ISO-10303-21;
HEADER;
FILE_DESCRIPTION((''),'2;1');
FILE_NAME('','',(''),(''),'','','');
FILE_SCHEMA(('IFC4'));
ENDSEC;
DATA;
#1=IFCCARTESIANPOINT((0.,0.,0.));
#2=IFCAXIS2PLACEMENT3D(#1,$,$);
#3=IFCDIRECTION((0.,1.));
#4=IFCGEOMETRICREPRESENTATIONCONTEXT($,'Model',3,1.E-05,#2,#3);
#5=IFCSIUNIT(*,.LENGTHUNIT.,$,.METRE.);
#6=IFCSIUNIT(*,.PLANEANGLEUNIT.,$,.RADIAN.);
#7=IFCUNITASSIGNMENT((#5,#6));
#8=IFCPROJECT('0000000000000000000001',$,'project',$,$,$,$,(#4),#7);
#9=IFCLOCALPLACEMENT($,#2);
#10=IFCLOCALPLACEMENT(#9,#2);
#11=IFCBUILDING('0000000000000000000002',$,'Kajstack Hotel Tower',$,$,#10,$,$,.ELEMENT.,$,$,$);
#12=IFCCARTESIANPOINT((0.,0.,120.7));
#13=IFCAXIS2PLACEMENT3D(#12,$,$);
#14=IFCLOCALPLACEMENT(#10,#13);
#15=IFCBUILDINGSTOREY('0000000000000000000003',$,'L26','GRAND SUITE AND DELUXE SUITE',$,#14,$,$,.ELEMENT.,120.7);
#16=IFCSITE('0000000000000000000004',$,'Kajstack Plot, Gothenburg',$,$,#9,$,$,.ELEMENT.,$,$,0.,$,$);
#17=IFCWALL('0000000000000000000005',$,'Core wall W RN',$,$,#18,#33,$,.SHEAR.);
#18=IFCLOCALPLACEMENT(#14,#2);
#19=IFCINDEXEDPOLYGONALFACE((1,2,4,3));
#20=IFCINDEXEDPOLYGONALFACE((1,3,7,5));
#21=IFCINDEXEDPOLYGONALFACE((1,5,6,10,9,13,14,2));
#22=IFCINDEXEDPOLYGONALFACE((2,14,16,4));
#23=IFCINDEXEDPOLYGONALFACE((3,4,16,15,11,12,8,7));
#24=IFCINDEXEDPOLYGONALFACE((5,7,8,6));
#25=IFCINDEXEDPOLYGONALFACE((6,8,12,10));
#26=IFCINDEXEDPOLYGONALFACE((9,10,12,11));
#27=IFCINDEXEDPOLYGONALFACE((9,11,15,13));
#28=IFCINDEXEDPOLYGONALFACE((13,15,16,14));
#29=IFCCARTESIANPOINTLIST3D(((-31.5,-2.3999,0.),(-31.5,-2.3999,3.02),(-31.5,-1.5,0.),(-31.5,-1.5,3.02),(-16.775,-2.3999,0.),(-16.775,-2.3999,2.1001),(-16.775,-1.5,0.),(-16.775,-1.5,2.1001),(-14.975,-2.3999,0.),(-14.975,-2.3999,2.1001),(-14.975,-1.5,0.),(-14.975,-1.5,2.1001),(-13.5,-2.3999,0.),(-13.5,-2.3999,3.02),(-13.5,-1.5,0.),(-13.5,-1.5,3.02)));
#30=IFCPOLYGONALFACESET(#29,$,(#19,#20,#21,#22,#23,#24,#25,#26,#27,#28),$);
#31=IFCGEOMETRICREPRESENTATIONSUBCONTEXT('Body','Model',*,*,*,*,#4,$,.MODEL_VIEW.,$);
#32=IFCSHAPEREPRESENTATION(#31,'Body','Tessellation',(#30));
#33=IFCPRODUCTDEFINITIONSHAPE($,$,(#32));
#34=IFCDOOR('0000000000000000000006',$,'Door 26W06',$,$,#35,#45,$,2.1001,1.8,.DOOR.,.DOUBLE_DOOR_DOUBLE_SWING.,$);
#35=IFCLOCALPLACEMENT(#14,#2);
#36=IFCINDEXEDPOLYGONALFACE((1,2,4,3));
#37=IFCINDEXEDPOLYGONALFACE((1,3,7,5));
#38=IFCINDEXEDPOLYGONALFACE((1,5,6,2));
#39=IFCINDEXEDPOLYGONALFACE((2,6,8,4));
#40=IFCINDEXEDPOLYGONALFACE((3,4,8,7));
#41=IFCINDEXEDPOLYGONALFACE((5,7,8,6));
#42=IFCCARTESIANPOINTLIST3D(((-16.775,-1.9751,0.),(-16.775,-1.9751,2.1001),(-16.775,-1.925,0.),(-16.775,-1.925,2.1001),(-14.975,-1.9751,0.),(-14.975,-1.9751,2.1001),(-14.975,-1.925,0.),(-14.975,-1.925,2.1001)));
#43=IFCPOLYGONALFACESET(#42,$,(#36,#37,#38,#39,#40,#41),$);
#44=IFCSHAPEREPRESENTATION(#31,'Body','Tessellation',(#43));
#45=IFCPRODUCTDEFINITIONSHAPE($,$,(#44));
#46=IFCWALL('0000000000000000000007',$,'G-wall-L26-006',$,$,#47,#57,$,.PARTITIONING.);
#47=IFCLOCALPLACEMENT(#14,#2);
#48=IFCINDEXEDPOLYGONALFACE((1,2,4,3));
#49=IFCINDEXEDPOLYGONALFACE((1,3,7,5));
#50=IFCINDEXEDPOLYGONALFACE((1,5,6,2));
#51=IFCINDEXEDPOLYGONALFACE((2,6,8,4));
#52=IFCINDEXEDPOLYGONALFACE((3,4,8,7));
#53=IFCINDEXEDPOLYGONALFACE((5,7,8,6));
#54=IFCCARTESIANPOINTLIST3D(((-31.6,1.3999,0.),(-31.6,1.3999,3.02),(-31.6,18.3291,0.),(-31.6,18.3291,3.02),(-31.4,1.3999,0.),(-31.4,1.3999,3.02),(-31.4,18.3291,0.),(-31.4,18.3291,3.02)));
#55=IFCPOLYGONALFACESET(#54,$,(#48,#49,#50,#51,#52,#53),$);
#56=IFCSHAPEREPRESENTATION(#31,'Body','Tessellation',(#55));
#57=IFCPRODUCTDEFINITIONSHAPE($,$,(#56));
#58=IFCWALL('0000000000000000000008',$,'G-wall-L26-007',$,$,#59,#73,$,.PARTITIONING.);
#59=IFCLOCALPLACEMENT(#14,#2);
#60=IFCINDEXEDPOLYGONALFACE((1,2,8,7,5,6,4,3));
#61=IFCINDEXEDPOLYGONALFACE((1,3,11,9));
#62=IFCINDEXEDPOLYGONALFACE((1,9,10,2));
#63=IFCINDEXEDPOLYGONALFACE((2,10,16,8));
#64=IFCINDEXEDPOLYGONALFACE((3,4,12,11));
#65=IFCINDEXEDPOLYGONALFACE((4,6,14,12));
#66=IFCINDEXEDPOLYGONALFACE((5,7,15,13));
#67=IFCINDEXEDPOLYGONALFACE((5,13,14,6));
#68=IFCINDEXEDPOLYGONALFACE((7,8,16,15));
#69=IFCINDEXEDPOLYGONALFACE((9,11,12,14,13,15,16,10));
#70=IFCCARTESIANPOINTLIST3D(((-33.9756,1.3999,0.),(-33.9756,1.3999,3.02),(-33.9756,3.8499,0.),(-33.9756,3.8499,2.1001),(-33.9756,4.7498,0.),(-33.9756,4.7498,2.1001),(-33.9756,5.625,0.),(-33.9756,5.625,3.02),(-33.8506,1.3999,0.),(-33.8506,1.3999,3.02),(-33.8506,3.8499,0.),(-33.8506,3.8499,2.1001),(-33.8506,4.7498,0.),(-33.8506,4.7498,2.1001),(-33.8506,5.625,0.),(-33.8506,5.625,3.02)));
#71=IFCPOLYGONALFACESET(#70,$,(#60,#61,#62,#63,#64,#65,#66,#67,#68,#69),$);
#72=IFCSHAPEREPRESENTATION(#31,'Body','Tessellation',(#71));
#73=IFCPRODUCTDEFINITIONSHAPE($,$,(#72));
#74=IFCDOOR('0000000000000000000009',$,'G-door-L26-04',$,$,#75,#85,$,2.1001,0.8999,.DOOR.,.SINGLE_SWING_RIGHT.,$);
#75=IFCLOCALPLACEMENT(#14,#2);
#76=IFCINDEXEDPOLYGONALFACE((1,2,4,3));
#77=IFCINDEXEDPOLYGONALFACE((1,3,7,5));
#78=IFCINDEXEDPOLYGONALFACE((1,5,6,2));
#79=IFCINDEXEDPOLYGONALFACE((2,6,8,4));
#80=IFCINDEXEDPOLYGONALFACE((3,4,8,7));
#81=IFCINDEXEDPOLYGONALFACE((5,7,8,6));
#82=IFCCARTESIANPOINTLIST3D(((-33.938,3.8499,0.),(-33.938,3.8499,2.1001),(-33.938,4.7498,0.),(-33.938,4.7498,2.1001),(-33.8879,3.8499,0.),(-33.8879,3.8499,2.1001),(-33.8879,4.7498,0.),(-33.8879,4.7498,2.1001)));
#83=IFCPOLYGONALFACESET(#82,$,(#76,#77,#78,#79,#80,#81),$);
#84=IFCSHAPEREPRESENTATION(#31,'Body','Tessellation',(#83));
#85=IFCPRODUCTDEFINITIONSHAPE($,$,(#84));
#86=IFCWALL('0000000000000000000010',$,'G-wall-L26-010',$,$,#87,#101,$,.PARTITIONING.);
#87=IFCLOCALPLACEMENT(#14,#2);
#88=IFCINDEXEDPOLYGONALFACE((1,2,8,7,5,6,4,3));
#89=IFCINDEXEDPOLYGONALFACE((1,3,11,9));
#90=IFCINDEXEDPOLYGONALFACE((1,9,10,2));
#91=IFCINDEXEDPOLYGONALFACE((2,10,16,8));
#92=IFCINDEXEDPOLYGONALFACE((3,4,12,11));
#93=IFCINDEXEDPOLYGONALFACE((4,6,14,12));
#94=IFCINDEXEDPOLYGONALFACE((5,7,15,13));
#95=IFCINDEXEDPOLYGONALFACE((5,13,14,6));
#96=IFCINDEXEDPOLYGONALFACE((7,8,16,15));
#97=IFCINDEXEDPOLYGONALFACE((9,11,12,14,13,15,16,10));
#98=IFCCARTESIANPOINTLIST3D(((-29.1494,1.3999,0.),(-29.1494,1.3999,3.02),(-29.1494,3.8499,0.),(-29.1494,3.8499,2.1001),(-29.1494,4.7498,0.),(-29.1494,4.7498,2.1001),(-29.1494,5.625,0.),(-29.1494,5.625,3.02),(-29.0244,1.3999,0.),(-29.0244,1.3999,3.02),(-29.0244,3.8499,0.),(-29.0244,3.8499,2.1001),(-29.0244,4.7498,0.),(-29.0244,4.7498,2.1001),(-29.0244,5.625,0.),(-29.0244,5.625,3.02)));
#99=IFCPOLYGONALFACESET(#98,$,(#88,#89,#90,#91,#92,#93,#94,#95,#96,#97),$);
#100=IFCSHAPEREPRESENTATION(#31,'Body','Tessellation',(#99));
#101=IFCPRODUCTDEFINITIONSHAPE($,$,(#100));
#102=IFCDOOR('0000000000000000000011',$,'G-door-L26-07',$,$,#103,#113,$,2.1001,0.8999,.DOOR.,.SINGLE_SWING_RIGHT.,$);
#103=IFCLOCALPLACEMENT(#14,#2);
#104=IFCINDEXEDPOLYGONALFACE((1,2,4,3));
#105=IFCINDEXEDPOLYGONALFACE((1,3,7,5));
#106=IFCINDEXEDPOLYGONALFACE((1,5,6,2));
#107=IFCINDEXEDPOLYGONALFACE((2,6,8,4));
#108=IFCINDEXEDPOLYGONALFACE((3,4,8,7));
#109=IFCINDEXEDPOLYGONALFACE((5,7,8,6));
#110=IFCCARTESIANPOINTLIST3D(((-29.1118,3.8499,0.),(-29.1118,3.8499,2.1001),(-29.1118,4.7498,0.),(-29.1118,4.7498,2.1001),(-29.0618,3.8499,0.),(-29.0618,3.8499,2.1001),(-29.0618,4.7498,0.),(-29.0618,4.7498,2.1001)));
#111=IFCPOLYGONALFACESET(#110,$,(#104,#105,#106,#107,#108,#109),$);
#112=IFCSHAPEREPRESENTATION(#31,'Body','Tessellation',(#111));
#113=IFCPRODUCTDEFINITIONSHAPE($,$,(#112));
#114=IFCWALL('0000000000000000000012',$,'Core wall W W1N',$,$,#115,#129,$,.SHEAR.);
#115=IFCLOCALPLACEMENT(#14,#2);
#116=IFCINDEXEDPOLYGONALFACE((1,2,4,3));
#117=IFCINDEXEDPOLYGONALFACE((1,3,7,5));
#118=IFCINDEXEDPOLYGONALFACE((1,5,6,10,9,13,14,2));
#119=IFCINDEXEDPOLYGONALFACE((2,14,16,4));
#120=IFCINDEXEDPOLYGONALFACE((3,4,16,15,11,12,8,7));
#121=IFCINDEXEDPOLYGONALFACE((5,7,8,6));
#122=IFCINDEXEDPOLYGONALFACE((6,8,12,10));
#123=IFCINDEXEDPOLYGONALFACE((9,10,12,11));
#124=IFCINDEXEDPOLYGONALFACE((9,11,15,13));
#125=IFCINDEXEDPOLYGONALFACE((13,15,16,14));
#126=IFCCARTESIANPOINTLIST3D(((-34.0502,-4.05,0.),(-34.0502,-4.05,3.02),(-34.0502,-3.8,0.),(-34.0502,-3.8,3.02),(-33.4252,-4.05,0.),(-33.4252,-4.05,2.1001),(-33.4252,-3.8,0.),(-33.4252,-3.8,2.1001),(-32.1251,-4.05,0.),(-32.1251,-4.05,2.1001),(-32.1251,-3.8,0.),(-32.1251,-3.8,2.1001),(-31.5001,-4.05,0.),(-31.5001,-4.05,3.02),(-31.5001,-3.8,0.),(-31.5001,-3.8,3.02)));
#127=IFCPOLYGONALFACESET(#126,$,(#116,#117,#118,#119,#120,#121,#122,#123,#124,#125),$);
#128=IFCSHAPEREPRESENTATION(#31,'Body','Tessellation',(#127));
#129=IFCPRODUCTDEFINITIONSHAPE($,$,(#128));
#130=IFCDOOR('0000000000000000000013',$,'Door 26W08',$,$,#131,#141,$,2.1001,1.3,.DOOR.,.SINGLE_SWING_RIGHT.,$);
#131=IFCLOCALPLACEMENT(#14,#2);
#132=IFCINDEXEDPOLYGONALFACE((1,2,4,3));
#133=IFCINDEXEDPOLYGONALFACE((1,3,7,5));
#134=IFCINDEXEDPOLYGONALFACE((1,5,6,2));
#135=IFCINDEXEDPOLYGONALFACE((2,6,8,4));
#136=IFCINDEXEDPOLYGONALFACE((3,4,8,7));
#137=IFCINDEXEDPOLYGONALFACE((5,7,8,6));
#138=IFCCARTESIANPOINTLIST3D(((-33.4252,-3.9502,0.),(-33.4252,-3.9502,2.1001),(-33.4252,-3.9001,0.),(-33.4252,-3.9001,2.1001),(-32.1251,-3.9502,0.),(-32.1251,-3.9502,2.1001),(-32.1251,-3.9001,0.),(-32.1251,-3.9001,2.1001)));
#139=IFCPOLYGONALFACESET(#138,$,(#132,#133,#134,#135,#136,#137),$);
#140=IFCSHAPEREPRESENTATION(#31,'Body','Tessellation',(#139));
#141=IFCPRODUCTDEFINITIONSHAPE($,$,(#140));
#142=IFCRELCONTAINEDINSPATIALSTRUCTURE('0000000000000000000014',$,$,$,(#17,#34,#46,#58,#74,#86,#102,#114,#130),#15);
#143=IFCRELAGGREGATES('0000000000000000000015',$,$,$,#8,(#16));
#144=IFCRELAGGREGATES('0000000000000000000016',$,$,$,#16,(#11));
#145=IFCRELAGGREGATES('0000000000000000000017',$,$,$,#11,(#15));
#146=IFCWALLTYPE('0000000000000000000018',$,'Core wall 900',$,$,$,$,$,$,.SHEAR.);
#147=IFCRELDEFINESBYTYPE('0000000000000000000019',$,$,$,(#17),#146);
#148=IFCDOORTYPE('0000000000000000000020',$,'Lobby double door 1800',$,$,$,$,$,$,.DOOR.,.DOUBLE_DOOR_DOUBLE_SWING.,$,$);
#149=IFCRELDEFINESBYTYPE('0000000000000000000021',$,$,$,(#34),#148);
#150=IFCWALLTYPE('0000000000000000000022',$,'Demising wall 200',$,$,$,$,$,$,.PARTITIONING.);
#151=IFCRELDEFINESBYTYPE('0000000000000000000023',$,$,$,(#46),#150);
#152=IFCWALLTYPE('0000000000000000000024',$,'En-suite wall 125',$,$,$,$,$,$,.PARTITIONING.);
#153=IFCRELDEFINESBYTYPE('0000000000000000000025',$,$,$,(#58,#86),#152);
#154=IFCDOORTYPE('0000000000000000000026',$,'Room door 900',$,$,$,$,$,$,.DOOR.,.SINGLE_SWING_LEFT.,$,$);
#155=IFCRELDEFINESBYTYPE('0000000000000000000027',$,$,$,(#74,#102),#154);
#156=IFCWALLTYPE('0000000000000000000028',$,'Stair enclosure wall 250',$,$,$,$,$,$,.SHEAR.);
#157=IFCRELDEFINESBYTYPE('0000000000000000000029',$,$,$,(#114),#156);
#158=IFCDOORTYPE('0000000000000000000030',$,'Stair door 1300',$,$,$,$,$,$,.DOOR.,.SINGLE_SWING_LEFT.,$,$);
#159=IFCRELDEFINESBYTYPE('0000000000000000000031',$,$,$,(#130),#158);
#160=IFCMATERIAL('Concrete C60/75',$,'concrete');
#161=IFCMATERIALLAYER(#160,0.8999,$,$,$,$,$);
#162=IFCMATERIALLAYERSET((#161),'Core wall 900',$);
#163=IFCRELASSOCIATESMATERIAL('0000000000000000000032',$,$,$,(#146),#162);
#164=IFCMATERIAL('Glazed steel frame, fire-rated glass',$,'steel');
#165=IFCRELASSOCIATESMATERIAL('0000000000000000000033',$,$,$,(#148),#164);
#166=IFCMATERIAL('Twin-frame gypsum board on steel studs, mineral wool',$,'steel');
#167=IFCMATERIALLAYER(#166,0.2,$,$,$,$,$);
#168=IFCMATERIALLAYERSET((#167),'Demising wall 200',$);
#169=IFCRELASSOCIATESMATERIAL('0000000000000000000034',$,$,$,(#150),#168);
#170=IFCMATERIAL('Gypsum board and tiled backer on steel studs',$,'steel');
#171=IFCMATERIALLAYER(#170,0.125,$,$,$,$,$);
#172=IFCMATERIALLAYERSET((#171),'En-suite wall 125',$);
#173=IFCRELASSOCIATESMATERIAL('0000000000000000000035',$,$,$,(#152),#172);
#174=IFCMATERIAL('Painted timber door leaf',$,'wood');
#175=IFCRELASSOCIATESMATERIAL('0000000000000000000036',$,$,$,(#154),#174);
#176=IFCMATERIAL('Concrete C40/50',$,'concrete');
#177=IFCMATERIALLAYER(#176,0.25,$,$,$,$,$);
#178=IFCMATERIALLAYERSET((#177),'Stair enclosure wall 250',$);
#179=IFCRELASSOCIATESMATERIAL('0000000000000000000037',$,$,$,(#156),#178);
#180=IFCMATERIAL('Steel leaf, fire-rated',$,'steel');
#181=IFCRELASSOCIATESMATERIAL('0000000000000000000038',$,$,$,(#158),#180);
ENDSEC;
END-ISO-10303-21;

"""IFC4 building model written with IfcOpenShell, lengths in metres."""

from ifc_helpers import new_model, si_unit, direction, frame, frame_2d, origin, place, context, subcontext, project, spatial, rectangle, extrude, material, layer, layer_set, type_object, element, fill, save


model = new_model("IFC4")

# Units and contexts
model_context = context("Model", 3, precision=1e-05, world=origin(), true_north=direction((0.0, 1.0)))
body_context = subcontext(model_context, "Body", "Model", "MODEL_VIEW")
ifc_project = project(units=[si_unit("LENGTHUNIT", "METRE"), si_unit("PLANEANGLEUNIT", "RADIAN")], contexts=[model_context])

# Site, building, storey
site_placement = place(None, origin())
site = spatial("IfcSite", under=ifc_project, at=site_placement, Name="Kajstack Plot, Gothenburg", CompositionType="ELEMENT", RefElevation=0.0)
building_placement = place(site_placement, origin())
building = spatial("IfcBuilding", under=site, at=building_placement, Name="Kajstack Hotel Tower", CompositionType="ELEMENT")
storey_placement = place(building_placement, frame((0.0, 0.0, 120.7)))
storey = spatial("IfcBuildingStorey", under=building, at=storey_placement, Name="L26", Description="GRAND SUITE AND DELUXE SUITE", CompositionType="ELEMENT", Elevation=120.7)

# Wall, opening, door
ifc_material_1 = material(Name="Concrete C60/75", Category="concrete")
ifc_layer_1 = layer(ifc_material_1, 0.8999)
ifc_layer_set_1 = layer_set([ifc_layer_1], Name="Core wall 900")
wall_type_1 = type_object("IfcWallType", Name="Core wall 900", PredefinedType="SHEAR", material=ifc_layer_set_1)
wall_1_placement = place(storey_placement, frame((-31.5, -1.95, 0.0), z_axis=(0.0, 0.0, 1.0), x_axis=(1.0, 0.0, 0.0)))
wall_1 = element("IfcWall", 1, at=wall_1_placement, inside=storey, type_object=wall_type_1, Name="Core wall W RN", PredefinedType="SHEAR", context=body_context, shape_type="SweptSolid", body=[
    extrude(rectangle(XDim=18.0, YDim=0.8999, at=frame_2d((9.0, 0.0))), origin(), (0.0, 0.0, 1.0), 3.02),
])
opening_1_placement = place(wall_1_placement, frame((14.7251, 0.0, 0.0)))
opening_1 = element("IfcOpeningElement", 2, at=opening_1_placement, cuts=wall_1, PredefinedType="OPENING", context=body_context, shape_type="SweptSolid", body=[
    extrude(rectangle(XDim=1.8, YDim=2.1001, at=frame_2d((0.8999, 1.05))), frame((0.0, 0.46, 0.0), z_axis=(0.0, -1.0, 0.0), x_axis=(1.0, 0.0, 0.0)), (0.0, 0.0, 1.0), 0.9199),
])
ifc_material_2 = material(Name="Glazed steel frame, fire-rated glass", Category="steel")
door_type_1 = type_object("IfcDoorType", Name="Lobby double door 1800", OperationType="DOUBLE_DOOR_DOUBLE_SWING", PredefinedType="DOOR", material=ifc_material_2)
door_1_placement = place(opening_1_placement, origin())
door_1 = element("IfcDoor", 3, at=door_1_placement, inside=storey, type_object=door_type_1, Name="Door 26W06", OperationType="DOUBLE_DOOR_DOUBLE_SWING", OverallHeight=2.1001, OverallWidth=1.8, PredefinedType="DOOR", context=body_context, shape_type="SweptSolid", body=[
    extrude(rectangle(XDim=1.8, YDim=2.1001, at=frame_2d((0.8999, 1.05))), frame((0.0, 0.0249, 0.0), z_axis=(0.0, -1.0, 0.0), x_axis=(1.0, 0.0, 0.0)), (0.0, 0.0, 1.0), 0.05),
])
fill(opening_1, door_1)

# Wall
ifc_material_3 = material(Name="Twin-frame gypsum board on steel studs, mineral wool", Category="steel")
ifc_layer_2 = layer(ifc_material_3, 0.2)
ifc_layer_set_2 = layer_set([ifc_layer_2], Name="Demising wall 200")
wall_type_2 = type_object("IfcWallType", Name="Demising wall 200", PredefinedType="PARTITIONING", material=ifc_layer_set_2)
wall_2_placement = place(storey_placement, frame((-31.5, 1.3999, 0.0), z_axis=(0.0, 0.0, 1.0), x_axis=(0.0, 1.0, 0.0)))
element("IfcWall", 4, at=wall_2_placement, inside=storey, type_object=wall_type_2, Name="G-wall-L26-006", PredefinedType="PARTITIONING", context=body_context, shape_type="SweptSolid", body=[
    extrude(rectangle(XDim=16.9292, YDim=0.2, at=frame_2d((8.4646, 0.0))), origin(), (0.0, 0.0, 1.0), 3.02),
])

# Walls, openings, doors
ifc_material_4 = material(Name="Gypsum board and tiled backer on steel studs", Category="steel")
ifc_layer_3 = layer(ifc_material_4, 0.125)
ifc_layer_set_3 = layer_set([ifc_layer_3], Name="En-suite wall 125")
wall_type_3 = type_object("IfcWallType", Name="En-suite wall 125", PredefinedType="PARTITIONING", material=ifc_layer_set_3)
wall_3_placement = place(storey_placement, frame((-33.9131, 1.3999, 0.0), z_axis=(0.0, 0.0, 1.0), x_axis=(0.0, 1.0, 0.0)))
wall_3 = element("IfcWall", 5, at=wall_3_placement, inside=storey, type_object=wall_type_3, Name="G-wall-L26-007", PredefinedType="PARTITIONING", context=body_context, shape_type="SweptSolid", body=[
    extrude(rectangle(XDim=4.2251, YDim=0.125, at=frame_2d((2.1125, 0.0))), origin(), (0.0, 0.0, 1.0), 3.02),
])
opening_2_placement = place(wall_3_placement, frame((2.45, 0.0, 0.0)))
opening_2 = element("IfcOpeningElement", 6, at=opening_2_placement, cuts=wall_3, PredefinedType="OPENING", context=body_context, shape_type="SweptSolid", body=[
    extrude(rectangle(XDim=0.8999, YDim=2.1001, at=frame_2d((0.45, 1.05))), frame((0.0, 0.0725, 0.0), z_axis=(0.0, -1.0, 0.0), x_axis=(1.0, 0.0, 0.0)), (0.0, 0.0, 1.0), 0.145),
])
ifc_material_5 = material(Name="Painted timber door leaf", Category="wood")
door_type_2 = type_object("IfcDoorType", Name="Room door 900", OperationType="SINGLE_SWING_LEFT", PredefinedType="DOOR", material=ifc_material_5)
door_2_placement = place(opening_2_placement, origin())
door_2 = element("IfcDoor", 7, at=door_2_placement, inside=storey, type_object=door_type_2, Name="G-door-L26-04", OperationType="SINGLE_SWING_RIGHT", OverallHeight=2.1001, OverallWidth=0.8999, PredefinedType="DOOR", context=body_context, shape_type="SweptSolid", body=[
    extrude(rectangle(XDim=0.8999, YDim=2.1001, at=frame_2d((0.45, 1.05))), frame((0.0, 0.0249, 0.0), z_axis=(0.0, -1.0, 0.0), x_axis=(1.0, 0.0, 0.0)), (0.0, 0.0, 1.0), 0.05),
])
fill(opening_2, door_2)
wall_4_placement = place(storey_placement, frame((-29.0869, 1.3999, 0.0), z_axis=(0.0, 0.0, 1.0), x_axis=(0.0, 1.0, 0.0)))
wall_4 = element("IfcWall", 8, at=wall_4_placement, inside=storey, type_object=wall_type_3, Name="G-wall-L26-010", PredefinedType="PARTITIONING", context=body_context, shape_type="SweptSolid", body=[
    extrude(rectangle(XDim=4.2251, YDim=0.125, at=frame_2d((2.1125, 0.0))), origin(), (0.0, 0.0, 1.0), 3.02),
])
opening_3_placement = place(wall_4_placement, frame((2.45, 0.0, 0.0)))
opening_3 = element("IfcOpeningElement", 9, at=opening_3_placement, cuts=wall_4, PredefinedType="OPENING", context=body_context, shape_type="SweptSolid", body=[
    extrude(rectangle(XDim=0.8999, YDim=2.1001, at=frame_2d((0.45, 1.05))), frame((0.0, 0.0725, 0.0), z_axis=(0.0, -1.0, 0.0), x_axis=(1.0, 0.0, 0.0)), (0.0, 0.0, 1.0), 0.145),
])
door_3_placement = place(opening_3_placement, origin())
door_3 = element("IfcDoor", 10, at=door_3_placement, inside=storey, type_object=door_type_2, Name="G-door-L26-07", OperationType="SINGLE_SWING_RIGHT", OverallHeight=2.1001, OverallWidth=0.8999, PredefinedType="DOOR", context=body_context, shape_type="SweptSolid", body=[
    extrude(rectangle(XDim=0.8999, YDim=2.1001, at=frame_2d((0.45, 1.05))), frame((0.0, 0.0249, 0.0), z_axis=(0.0, -1.0, 0.0), x_axis=(1.0, 0.0, 0.0)), (0.0, 0.0, 1.0), 0.05),
])
fill(opening_3, door_3)
ifc_material_6 = material(Name="Concrete C40/50", Category="concrete")
ifc_layer_4 = layer(ifc_material_6, 0.25)
ifc_layer_set_4 = layer_set([ifc_layer_4], Name="Stair enclosure wall 250")
wall_type_4 = type_object("IfcWallType", Name="Stair enclosure wall 250", PredefinedType="SHEAR", material=ifc_layer_set_4)
wall_5_placement = place(storey_placement, frame((-34.05, -3.925, 0.0), z_axis=(0.0, 0.0, 1.0), x_axis=(1.0, 0.0, 0.0)))
wall_5 = element("IfcWall", 11, at=wall_5_placement, inside=storey, type_object=wall_type_4, Name="Core wall W W1N", PredefinedType="SHEAR", context=body_context, shape_type="SweptSolid", body=[
    extrude(rectangle(XDim=2.55, YDim=0.25, at=frame_2d((1.2749, 0.0))), origin(), (0.0, 0.0, 1.0), 3.02),
])
opening_4_placement = place(wall_5_placement, frame((0.625, 0.0, 0.0)))
opening_4 = element("IfcOpeningElement", 12, at=opening_4_placement, cuts=wall_5, PredefinedType="OPENING", context=body_context, shape_type="SweptSolid", body=[
    extrude(rectangle(XDim=1.3, YDim=2.1001, at=frame_2d((0.6499, 1.05))), frame((0.0, 0.135, 0.0), z_axis=(0.0, -1.0, 0.0), x_axis=(1.0, 0.0, 0.0)), (0.0, 0.0, 1.0), 0.27),
])
ifc_material_7 = material(Name="Steel leaf, fire-rated", Category="steel")
door_type_3 = type_object("IfcDoorType", Name="Stair door 1300", OperationType="SINGLE_SWING_LEFT", PredefinedType="DOOR", material=ifc_material_7)
door_4_placement = place(opening_4_placement, origin())
door_4 = element("IfcDoor", 13, at=door_4_placement, inside=storey, type_object=door_type_3, Name="Door 26W08", OperationType="SINGLE_SWING_RIGHT", OverallHeight=2.1001, OverallWidth=1.3, PredefinedType="DOOR", context=body_context, shape_type="SweptSolid", body=[
    extrude(rectangle(XDim=1.3, YDim=2.1001, at=frame_2d((0.6499, 1.05))), frame((0.0, 0.0249, 0.0), z_axis=(0.0, -1.0, 0.0), x_axis=(1.0, 0.0, 0.0)), (0.0, 0.0, 1.0), 0.05),
])
fill(opening_4, door_4)

save(model, "model.ifc")
